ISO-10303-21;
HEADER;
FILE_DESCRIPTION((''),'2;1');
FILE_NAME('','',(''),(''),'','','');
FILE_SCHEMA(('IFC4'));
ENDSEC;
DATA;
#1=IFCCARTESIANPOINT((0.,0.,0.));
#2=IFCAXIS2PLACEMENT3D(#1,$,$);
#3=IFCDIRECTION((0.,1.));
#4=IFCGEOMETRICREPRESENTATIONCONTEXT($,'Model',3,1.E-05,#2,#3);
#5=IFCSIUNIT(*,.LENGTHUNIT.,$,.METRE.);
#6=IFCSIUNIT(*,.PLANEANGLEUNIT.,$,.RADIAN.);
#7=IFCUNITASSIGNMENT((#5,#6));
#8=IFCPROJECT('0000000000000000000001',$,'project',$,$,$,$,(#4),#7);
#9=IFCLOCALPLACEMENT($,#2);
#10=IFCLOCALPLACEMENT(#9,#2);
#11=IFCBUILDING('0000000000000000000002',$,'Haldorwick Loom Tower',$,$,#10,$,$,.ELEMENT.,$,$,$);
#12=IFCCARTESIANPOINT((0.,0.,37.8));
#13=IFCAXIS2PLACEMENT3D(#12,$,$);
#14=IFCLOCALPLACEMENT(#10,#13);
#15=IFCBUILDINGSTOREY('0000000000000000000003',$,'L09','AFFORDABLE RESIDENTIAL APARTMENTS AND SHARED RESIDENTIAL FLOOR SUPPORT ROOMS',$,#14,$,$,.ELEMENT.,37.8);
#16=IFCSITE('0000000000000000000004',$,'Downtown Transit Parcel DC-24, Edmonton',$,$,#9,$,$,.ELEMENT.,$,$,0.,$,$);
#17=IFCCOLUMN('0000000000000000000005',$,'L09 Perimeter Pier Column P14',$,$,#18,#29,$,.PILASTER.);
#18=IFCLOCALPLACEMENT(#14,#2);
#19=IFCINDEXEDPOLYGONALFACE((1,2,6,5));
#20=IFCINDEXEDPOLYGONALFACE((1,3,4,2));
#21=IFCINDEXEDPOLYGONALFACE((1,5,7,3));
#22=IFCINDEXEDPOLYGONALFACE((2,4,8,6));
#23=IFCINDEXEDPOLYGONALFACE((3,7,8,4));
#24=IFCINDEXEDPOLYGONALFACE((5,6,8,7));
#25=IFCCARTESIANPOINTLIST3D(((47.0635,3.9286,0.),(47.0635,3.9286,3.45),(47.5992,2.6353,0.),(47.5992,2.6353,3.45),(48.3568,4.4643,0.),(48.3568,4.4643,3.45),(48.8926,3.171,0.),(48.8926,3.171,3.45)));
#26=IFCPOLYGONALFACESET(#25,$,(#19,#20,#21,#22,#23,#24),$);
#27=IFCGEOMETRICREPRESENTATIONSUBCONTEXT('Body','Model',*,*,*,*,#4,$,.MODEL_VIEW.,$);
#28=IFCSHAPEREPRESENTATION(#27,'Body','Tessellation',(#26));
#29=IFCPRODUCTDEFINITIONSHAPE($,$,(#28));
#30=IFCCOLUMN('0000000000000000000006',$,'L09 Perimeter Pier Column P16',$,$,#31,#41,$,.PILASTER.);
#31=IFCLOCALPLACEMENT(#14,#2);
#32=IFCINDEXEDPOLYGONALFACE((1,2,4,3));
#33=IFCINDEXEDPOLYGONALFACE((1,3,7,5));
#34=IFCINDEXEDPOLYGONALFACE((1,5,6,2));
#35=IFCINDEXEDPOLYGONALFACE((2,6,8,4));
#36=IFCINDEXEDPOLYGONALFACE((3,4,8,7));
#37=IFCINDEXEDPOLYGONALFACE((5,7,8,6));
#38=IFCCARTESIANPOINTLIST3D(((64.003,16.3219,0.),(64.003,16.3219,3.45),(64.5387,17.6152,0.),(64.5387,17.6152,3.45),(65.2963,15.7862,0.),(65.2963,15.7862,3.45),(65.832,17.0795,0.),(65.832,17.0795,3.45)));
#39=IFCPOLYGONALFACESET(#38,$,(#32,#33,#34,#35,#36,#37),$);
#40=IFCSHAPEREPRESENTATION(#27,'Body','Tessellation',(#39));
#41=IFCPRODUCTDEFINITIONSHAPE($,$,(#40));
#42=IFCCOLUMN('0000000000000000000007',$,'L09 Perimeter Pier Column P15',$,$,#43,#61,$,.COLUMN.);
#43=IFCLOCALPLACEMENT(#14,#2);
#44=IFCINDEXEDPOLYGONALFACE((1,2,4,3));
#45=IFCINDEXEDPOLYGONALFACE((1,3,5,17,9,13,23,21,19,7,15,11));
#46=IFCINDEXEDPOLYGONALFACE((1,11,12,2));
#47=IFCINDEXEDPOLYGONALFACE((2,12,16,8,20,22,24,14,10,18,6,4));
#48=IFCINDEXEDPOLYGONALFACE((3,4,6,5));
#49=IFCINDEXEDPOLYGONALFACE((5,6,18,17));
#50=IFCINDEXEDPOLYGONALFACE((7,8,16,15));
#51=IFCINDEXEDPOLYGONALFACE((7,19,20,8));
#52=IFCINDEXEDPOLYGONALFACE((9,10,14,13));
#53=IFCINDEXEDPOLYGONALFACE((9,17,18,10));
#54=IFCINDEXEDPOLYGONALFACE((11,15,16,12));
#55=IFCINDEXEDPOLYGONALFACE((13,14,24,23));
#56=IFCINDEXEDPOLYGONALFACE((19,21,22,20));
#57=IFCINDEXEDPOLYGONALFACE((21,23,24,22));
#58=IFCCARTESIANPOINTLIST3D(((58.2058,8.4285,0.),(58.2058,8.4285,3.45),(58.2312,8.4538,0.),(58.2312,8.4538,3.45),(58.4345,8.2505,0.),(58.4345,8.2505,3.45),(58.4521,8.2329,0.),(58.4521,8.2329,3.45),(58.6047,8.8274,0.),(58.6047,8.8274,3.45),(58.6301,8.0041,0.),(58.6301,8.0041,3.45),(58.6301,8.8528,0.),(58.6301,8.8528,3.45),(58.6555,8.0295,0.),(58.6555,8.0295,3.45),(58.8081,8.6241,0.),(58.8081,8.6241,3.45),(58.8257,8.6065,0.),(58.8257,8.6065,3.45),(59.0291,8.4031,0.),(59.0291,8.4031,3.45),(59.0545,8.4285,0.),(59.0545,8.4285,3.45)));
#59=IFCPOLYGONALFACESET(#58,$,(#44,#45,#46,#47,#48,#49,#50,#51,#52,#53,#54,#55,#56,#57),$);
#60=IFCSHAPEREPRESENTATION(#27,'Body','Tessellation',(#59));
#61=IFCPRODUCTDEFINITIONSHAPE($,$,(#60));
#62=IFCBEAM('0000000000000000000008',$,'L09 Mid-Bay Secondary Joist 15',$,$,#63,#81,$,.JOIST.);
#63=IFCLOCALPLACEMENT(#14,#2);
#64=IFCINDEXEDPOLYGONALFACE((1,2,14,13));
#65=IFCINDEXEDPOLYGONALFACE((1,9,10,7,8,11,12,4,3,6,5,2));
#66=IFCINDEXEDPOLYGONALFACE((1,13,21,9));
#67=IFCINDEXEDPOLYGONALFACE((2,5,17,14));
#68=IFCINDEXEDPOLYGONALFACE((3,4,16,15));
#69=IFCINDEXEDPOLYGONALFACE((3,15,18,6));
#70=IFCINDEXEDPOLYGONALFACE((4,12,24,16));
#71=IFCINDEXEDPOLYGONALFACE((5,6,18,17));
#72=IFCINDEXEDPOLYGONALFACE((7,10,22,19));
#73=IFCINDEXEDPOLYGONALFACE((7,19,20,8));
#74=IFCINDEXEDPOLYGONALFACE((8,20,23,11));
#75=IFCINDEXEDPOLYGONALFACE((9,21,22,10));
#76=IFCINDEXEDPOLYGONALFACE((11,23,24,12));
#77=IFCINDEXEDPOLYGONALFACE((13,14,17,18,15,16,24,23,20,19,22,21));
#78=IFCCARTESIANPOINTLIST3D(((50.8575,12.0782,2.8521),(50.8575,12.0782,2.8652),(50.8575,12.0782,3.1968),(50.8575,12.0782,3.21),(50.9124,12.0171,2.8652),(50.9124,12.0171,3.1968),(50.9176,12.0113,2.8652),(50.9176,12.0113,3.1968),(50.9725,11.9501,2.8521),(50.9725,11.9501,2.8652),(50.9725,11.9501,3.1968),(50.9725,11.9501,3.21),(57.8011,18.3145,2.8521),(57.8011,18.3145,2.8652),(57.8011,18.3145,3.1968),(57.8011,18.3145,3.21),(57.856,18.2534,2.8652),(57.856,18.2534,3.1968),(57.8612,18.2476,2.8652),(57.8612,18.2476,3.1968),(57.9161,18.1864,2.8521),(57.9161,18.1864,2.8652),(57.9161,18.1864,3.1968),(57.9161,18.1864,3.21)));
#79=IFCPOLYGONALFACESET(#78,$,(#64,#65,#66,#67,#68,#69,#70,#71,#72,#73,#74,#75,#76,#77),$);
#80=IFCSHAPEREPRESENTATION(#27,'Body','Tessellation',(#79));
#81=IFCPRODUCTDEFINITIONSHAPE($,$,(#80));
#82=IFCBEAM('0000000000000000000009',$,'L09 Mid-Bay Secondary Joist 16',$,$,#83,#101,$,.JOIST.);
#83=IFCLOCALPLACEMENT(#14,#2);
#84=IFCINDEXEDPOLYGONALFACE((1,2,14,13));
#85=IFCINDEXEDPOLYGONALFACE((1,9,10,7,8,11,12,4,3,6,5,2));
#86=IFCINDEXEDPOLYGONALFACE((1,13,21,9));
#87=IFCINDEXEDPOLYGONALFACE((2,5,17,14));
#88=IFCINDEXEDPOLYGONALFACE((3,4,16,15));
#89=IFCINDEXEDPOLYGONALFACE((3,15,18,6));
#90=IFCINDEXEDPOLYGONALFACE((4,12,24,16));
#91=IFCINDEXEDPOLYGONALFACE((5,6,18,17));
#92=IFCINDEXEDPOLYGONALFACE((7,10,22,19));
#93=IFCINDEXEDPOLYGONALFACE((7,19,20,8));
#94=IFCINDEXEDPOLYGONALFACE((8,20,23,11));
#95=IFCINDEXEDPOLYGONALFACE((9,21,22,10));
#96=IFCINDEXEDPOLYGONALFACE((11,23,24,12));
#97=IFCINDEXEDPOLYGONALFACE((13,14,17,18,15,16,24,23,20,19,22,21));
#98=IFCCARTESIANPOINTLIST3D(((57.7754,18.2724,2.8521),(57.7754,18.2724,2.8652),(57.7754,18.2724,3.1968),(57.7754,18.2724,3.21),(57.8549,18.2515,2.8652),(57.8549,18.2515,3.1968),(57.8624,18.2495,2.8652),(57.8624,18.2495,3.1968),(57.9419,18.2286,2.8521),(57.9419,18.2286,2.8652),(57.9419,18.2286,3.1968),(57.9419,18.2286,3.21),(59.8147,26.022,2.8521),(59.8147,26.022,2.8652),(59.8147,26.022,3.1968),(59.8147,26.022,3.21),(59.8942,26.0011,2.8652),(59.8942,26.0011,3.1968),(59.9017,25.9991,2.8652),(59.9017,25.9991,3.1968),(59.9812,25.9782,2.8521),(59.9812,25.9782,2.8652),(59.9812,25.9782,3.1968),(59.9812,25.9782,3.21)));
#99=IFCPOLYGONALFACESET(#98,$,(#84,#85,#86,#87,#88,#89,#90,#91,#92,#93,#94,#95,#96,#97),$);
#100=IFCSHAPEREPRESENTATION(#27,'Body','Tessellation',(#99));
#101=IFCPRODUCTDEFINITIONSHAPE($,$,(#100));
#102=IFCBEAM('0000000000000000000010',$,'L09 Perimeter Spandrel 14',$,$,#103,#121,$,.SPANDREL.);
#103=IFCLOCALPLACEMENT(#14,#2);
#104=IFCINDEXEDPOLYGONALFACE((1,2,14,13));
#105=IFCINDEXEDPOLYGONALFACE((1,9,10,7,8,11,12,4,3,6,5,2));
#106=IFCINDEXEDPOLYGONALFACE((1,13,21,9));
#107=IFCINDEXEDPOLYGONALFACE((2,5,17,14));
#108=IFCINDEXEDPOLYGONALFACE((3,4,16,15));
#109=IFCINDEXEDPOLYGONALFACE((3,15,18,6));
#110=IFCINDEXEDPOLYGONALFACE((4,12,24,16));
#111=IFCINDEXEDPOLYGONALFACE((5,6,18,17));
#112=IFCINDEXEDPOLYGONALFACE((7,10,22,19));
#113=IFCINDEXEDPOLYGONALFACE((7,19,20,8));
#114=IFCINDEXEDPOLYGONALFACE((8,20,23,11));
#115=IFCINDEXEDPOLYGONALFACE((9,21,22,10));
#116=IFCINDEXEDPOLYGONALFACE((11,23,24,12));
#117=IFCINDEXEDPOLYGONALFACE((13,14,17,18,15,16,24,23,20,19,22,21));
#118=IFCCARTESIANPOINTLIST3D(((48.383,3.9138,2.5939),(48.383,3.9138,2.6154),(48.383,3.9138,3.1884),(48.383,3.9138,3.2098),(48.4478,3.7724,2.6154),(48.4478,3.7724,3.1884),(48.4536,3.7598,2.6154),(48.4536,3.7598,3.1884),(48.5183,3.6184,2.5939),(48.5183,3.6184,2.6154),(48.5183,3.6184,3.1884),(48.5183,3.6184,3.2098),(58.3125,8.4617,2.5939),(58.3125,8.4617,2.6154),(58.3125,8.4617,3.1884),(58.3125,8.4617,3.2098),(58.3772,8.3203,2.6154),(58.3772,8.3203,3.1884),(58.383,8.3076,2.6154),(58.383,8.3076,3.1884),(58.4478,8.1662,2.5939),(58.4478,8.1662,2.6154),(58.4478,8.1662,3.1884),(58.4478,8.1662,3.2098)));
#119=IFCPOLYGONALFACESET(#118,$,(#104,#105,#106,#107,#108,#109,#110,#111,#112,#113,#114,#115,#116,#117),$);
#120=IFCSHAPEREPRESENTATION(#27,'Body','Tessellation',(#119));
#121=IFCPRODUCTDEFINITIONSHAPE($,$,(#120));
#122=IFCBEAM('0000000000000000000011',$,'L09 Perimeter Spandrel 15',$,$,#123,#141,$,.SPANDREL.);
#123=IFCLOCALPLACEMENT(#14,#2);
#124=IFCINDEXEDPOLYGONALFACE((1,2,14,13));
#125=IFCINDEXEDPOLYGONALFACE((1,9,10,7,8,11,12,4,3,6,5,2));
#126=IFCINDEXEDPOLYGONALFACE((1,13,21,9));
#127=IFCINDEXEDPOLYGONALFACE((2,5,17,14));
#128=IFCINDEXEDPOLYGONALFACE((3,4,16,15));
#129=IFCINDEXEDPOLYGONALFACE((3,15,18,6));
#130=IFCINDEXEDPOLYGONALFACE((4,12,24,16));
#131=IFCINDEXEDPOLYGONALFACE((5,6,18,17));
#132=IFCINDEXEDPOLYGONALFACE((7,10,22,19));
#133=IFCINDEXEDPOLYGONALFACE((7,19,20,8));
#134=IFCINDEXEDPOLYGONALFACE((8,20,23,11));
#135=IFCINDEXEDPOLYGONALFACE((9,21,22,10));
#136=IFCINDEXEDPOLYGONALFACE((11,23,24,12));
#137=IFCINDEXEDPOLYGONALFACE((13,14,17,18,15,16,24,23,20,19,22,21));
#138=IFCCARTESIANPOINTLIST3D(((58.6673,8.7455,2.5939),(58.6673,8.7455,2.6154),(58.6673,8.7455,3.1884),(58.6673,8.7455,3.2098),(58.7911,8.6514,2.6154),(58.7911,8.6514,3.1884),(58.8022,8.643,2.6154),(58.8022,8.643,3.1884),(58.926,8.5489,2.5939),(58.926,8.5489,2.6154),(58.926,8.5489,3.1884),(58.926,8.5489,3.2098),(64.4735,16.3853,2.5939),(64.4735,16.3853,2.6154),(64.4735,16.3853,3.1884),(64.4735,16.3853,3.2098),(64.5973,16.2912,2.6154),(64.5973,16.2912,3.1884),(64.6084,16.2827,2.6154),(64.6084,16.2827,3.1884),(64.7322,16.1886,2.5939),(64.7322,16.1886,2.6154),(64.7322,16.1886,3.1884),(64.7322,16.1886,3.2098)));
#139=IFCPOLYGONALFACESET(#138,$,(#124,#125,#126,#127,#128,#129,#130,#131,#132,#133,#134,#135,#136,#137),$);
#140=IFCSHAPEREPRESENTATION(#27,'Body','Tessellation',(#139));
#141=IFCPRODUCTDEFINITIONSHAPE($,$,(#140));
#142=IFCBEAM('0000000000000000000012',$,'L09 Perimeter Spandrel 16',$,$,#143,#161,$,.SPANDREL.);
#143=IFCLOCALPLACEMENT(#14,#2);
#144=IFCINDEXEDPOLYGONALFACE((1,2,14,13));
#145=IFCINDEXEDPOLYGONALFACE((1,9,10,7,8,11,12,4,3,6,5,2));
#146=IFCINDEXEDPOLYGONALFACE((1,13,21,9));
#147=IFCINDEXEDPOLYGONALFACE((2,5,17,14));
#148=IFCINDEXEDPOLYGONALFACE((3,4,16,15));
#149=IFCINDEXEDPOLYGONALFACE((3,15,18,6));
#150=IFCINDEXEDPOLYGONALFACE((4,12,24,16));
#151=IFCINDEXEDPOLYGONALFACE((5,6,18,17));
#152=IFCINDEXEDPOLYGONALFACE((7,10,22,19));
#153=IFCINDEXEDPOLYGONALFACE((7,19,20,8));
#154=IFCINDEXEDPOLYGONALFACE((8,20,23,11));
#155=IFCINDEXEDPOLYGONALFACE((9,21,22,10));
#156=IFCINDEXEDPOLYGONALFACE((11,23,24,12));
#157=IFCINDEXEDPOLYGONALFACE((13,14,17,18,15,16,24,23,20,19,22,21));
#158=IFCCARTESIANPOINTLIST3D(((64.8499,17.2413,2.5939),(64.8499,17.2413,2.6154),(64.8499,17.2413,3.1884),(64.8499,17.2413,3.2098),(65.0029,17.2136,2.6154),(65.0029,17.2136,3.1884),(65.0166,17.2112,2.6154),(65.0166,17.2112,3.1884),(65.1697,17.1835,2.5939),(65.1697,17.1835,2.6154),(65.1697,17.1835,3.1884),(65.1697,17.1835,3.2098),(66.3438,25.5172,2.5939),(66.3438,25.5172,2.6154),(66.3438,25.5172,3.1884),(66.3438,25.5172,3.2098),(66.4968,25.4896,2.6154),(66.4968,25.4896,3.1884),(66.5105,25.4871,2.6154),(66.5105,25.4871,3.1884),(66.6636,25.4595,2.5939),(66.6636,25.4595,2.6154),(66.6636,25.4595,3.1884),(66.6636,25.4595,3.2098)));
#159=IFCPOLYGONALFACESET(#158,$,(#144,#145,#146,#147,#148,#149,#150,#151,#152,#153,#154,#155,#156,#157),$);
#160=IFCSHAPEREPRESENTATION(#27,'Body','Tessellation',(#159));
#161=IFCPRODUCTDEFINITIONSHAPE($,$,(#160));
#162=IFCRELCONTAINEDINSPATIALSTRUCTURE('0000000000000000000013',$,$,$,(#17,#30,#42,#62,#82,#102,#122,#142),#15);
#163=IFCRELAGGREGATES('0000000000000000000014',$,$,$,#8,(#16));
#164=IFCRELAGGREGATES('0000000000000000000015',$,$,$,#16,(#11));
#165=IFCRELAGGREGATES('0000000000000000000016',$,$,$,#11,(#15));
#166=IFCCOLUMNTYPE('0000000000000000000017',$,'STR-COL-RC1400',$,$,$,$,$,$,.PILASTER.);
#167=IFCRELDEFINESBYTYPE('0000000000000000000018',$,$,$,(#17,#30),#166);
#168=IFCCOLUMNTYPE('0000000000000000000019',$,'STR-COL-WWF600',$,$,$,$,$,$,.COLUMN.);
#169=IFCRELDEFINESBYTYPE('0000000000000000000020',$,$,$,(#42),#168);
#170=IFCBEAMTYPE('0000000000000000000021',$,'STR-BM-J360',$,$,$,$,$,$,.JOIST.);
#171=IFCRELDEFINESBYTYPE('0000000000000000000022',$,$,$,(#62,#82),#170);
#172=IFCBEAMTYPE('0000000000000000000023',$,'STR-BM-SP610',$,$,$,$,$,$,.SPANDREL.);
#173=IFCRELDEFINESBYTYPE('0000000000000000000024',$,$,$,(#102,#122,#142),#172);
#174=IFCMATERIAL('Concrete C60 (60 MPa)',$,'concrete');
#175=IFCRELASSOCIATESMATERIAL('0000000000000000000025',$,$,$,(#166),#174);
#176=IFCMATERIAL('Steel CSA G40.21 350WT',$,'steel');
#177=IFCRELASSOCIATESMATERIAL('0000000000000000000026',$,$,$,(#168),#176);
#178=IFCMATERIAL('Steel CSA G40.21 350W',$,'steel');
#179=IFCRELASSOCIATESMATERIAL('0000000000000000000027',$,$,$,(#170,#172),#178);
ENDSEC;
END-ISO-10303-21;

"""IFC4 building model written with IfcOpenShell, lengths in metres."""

from ifc_helpers import new_model, si_unit, direction, frame, origin, origin_2d, place, context, subcontext, project, spatial, rectangle, i_section, extrude, material, material_profile, profile_set, type_object, element, save


model = new_model("IFC4")

# Units and contexts
model_context = context("Model", 3, precision=1e-05, world=origin(), true_north=direction((0.0, 1.0)))
body_context = subcontext(model_context, "Body", "Model", "MODEL_VIEW")
ifc_project = project(units=[si_unit("LENGTHUNIT", "METRE"), si_unit("PLANEANGLEUNIT", "RADIAN")], contexts=[model_context])

# Site, building, storey
site_placement = place(None, origin())
site = spatial("IfcSite", under=ifc_project, at=site_placement, Name="Downtown Transit Parcel DC-24, Edmonton", CompositionType="ELEMENT", RefElevation=0.0)
building_placement = place(site_placement, origin())
building = spatial("IfcBuilding", under=site, at=building_placement, Name="Haldorwick Loom Tower", CompositionType="ELEMENT")
storey_placement = place(building_placement, frame((0.0, 0.0, 37.8)))
storey = spatial("IfcBuildingStorey", under=building, at=storey_placement, Name="L09", Description="AFFORDABLE RESIDENTIAL APARTMENTS AND SHARED RESIDENTIAL FLOOR SUPPORT ROOMS", CompositionType="ELEMENT", Elevation=37.8)

# Columns
ifc_material_1 = material(Name="Concrete C60 (60 MPa)", Category="concrete")
ifc_material_profile_1 = material_profile(ifc_material_1, rectangle(XDim=1.3999, YDim=1.3999, at=origin_2d()), Name="RC1400X1400", Category="concrete")
ifc_profile_set_1 = profile_set([ifc_material_profile_1], Name="Concrete C60 (60 MPa)")
column_type_1 = type_object("IfcColumnType", Name="STR-COL-RC1400", PredefinedType="PILASTER", material=ifc_profile_set_1)
for number, where, z_axis, x_axis, name in (
    (1, (47.978, 3.5498, 0.0), (0.0, 0.0, 1.0), (0.382683, -0.92388, 0.0), "L09 Perimeter Pier Column P14"),
    (2, (64.9175, 16.7007, 0.0), (0.0, 0.0, 1.0), (0.92388, -0.382683, 0.0), "L09 Perimeter Pier Column P16"),
):
    element("IfcColumn", number, at=place(storey_placement, frame(where, z_axis=z_axis, x_axis=x_axis)), inside=storey, type_object=column_type_1, Name=name, PredefinedType="PILASTER", context=body_context, shape_type="SweptSolid", body=[
        extrude(rectangle(XDim=1.3999, YDim=1.3999, at=origin_2d()), origin(), (0.0, 0.0, 1.0), 3.45),
    ])
ifc_material_2 = material(Name="Steel CSA G40.21 350WT", Category="steel")
ifc_material_profile_2 = material_profile(ifc_material_2, i_section(OverallWidth=0.6001, OverallDepth=0.6001, WebThickness=0.0249, FlangeThickness=0.0359, at=origin_2d()), Name="WWF600X600", Category="steel")
ifc_profile_set_2 = profile_set([ifc_material_profile_2], Name="Steel CSA G40.21 350WT")
column_type_2 = type_object("IfcColumnType", Name="STR-COL-WWF600", PredefinedType="COLUMN", material=ifc_profile_set_2)
column_placement = place(storey_placement, frame((58.6301, 8.4285, 0.0), z_axis=(0.0, 0.0, 1.0), x_axis=(0.707107, -0.707107, 0.0)))
element("IfcColumn", 3, at=column_placement, inside=storey, type_object=column_type_2, Name="L09 Perimeter Pier Column P15", PredefinedType="COLUMN", context=body_context, shape_type="SweptSolid", body=[
    extrude(i_section(OverallWidth=0.6001, OverallDepth=0.6001, WebThickness=0.0249, FlangeThickness=0.0359, at=origin_2d()), origin(), (0.0, 0.0, 1.0), 3.45),
])

# Beams
ifc_material_3 = material(Name="Steel CSA G40.21 350W", Category="steel")
ifc_material_profile_3 = material_profile(ifc_material_3, i_section(OverallWidth=0.1721, OverallDepth=0.3579, WebThickness=0.0078, FlangeThickness=0.0132, at=origin_2d()), Name="W360X57", Category="steel")
ifc_profile_set_3 = profile_set([ifc_material_profile_3], Name="Steel CSA G40.21 350W")
beam_type_1 = type_object("IfcBeamType", Name="STR-BM-J360", PredefinedType="JOIST", material=ifc_profile_set_3)
beam_1_placement = place(storey_placement, frame((50.915, 12.0142, 3.031), z_axis=(0.743982, 0.6682, 0.0), x_axis=(-0.6682, 0.743982, 0.0)))
element("IfcBeam", 4, at=beam_1_placement, inside=storey, type_object=beam_type_1, Name="L09 Mid-Bay Secondary Joist 15", PredefinedType="JOIST", context=body_context, shape_type="SweptSolid", body=[
    extrude(i_section(OverallWidth=0.1721, OverallDepth=0.3579, WebThickness=0.0078, FlangeThickness=0.0132, at=origin_2d()), origin(), (0.0, 0.0, 1.0), 9.333),
])
beam_2_placement = place(storey_placement, frame((57.8586, 18.2505, 3.031), z_axis=(0.254489, 0.967076, 0.0), x_axis=(-0.967076, 0.254489, 0.0)))
element("IfcBeam", 5, at=beam_2_placement, inside=storey, type_object=beam_type_1, Name="L09 Mid-Bay Secondary Joist 16", PredefinedType="JOIST", context=body_context, shape_type="SweptSolid", body=[
    extrude(i_section(OverallWidth=0.1721, OverallDepth=0.3579, WebThickness=0.0078, FlangeThickness=0.0132, at=origin_2d()), origin(), (0.0, 0.0, 1.0), 8.0134),
])
ifc_material_profile_4 = material_profile(ifc_material_3, i_section(OverallWidth=0.325, OverallDepth=0.616, WebThickness=0.0139, FlangeThickness=0.0215, at=origin_2d()), Name="W610X174", Category="steel")
ifc_profile_set_4 = profile_set([ifc_material_profile_4], Name="Steel CSA G40.21 350W")
beam_type_2 = type_object("IfcBeamType", Name="STR-BM-SP610", PredefinedType="SPANDREL", material=ifc_profile_set_4)
beam_3_placement = place(storey_placement, frame((48.4507, 3.7661, 2.9019), z_axis=(0.909174, 0.416417, 0.0), x_axis=(-0.416417, 0.909174, 0.0)))
element("IfcBeam", 6, at=beam_3_placement, inside=storey, type_object=beam_type_2, Name="L09 Perimeter Spandrel 14", PredefinedType="SPANDREL", context=body_context, shape_type="SweptSolid", body=[
    extrude(i_section(OverallWidth=0.325, OverallDepth=0.616, WebThickness=0.0139, FlangeThickness=0.0215, at=origin_2d()), origin(), (0.0, 0.0, 1.0), 10.9214),
])
beam_4_placement = place(storey_placement, frame((58.7966, 8.6472, 2.9019), z_axis=(0.605085, 0.796161, 0.0), x_axis=(-0.796161, 0.605085, 0.0)))
element("IfcBeam", 7, at=beam_4_placement, inside=storey, type_object=beam_type_2, Name="L09 Perimeter Spandrel 15", PredefinedType="SPANDREL", context=body_context, shape_type="SweptSolid", body=[
    extrude(i_section(OverallWidth=0.325, OverallDepth=0.616, WebThickness=0.0139, FlangeThickness=0.0215, at=origin_2d()), origin(), (0.0, 0.0, 1.0), 9.5957),
])
beam_5_placement = place(storey_placement, frame((65.0098, 17.2124, 2.9019), z_axis=(0.177641, 0.984095, 0.0), x_axis=(-0.984095, 0.177641, 0.0)))
element("IfcBeam", 8, at=beam_5_placement, inside=storey, type_object=beam_type_2, Name="L09 Perimeter Spandrel 16", PredefinedType="SPANDREL", context=body_context, shape_type="SweptSolid", body=[
    extrude(i_section(OverallWidth=0.325, OverallDepth=0.616, WebThickness=0.0139, FlangeThickness=0.0215, at=origin_2d()), origin(), (0.0, 0.0, 1.0), 8.4097),
])

save(model, "model.ifc")
